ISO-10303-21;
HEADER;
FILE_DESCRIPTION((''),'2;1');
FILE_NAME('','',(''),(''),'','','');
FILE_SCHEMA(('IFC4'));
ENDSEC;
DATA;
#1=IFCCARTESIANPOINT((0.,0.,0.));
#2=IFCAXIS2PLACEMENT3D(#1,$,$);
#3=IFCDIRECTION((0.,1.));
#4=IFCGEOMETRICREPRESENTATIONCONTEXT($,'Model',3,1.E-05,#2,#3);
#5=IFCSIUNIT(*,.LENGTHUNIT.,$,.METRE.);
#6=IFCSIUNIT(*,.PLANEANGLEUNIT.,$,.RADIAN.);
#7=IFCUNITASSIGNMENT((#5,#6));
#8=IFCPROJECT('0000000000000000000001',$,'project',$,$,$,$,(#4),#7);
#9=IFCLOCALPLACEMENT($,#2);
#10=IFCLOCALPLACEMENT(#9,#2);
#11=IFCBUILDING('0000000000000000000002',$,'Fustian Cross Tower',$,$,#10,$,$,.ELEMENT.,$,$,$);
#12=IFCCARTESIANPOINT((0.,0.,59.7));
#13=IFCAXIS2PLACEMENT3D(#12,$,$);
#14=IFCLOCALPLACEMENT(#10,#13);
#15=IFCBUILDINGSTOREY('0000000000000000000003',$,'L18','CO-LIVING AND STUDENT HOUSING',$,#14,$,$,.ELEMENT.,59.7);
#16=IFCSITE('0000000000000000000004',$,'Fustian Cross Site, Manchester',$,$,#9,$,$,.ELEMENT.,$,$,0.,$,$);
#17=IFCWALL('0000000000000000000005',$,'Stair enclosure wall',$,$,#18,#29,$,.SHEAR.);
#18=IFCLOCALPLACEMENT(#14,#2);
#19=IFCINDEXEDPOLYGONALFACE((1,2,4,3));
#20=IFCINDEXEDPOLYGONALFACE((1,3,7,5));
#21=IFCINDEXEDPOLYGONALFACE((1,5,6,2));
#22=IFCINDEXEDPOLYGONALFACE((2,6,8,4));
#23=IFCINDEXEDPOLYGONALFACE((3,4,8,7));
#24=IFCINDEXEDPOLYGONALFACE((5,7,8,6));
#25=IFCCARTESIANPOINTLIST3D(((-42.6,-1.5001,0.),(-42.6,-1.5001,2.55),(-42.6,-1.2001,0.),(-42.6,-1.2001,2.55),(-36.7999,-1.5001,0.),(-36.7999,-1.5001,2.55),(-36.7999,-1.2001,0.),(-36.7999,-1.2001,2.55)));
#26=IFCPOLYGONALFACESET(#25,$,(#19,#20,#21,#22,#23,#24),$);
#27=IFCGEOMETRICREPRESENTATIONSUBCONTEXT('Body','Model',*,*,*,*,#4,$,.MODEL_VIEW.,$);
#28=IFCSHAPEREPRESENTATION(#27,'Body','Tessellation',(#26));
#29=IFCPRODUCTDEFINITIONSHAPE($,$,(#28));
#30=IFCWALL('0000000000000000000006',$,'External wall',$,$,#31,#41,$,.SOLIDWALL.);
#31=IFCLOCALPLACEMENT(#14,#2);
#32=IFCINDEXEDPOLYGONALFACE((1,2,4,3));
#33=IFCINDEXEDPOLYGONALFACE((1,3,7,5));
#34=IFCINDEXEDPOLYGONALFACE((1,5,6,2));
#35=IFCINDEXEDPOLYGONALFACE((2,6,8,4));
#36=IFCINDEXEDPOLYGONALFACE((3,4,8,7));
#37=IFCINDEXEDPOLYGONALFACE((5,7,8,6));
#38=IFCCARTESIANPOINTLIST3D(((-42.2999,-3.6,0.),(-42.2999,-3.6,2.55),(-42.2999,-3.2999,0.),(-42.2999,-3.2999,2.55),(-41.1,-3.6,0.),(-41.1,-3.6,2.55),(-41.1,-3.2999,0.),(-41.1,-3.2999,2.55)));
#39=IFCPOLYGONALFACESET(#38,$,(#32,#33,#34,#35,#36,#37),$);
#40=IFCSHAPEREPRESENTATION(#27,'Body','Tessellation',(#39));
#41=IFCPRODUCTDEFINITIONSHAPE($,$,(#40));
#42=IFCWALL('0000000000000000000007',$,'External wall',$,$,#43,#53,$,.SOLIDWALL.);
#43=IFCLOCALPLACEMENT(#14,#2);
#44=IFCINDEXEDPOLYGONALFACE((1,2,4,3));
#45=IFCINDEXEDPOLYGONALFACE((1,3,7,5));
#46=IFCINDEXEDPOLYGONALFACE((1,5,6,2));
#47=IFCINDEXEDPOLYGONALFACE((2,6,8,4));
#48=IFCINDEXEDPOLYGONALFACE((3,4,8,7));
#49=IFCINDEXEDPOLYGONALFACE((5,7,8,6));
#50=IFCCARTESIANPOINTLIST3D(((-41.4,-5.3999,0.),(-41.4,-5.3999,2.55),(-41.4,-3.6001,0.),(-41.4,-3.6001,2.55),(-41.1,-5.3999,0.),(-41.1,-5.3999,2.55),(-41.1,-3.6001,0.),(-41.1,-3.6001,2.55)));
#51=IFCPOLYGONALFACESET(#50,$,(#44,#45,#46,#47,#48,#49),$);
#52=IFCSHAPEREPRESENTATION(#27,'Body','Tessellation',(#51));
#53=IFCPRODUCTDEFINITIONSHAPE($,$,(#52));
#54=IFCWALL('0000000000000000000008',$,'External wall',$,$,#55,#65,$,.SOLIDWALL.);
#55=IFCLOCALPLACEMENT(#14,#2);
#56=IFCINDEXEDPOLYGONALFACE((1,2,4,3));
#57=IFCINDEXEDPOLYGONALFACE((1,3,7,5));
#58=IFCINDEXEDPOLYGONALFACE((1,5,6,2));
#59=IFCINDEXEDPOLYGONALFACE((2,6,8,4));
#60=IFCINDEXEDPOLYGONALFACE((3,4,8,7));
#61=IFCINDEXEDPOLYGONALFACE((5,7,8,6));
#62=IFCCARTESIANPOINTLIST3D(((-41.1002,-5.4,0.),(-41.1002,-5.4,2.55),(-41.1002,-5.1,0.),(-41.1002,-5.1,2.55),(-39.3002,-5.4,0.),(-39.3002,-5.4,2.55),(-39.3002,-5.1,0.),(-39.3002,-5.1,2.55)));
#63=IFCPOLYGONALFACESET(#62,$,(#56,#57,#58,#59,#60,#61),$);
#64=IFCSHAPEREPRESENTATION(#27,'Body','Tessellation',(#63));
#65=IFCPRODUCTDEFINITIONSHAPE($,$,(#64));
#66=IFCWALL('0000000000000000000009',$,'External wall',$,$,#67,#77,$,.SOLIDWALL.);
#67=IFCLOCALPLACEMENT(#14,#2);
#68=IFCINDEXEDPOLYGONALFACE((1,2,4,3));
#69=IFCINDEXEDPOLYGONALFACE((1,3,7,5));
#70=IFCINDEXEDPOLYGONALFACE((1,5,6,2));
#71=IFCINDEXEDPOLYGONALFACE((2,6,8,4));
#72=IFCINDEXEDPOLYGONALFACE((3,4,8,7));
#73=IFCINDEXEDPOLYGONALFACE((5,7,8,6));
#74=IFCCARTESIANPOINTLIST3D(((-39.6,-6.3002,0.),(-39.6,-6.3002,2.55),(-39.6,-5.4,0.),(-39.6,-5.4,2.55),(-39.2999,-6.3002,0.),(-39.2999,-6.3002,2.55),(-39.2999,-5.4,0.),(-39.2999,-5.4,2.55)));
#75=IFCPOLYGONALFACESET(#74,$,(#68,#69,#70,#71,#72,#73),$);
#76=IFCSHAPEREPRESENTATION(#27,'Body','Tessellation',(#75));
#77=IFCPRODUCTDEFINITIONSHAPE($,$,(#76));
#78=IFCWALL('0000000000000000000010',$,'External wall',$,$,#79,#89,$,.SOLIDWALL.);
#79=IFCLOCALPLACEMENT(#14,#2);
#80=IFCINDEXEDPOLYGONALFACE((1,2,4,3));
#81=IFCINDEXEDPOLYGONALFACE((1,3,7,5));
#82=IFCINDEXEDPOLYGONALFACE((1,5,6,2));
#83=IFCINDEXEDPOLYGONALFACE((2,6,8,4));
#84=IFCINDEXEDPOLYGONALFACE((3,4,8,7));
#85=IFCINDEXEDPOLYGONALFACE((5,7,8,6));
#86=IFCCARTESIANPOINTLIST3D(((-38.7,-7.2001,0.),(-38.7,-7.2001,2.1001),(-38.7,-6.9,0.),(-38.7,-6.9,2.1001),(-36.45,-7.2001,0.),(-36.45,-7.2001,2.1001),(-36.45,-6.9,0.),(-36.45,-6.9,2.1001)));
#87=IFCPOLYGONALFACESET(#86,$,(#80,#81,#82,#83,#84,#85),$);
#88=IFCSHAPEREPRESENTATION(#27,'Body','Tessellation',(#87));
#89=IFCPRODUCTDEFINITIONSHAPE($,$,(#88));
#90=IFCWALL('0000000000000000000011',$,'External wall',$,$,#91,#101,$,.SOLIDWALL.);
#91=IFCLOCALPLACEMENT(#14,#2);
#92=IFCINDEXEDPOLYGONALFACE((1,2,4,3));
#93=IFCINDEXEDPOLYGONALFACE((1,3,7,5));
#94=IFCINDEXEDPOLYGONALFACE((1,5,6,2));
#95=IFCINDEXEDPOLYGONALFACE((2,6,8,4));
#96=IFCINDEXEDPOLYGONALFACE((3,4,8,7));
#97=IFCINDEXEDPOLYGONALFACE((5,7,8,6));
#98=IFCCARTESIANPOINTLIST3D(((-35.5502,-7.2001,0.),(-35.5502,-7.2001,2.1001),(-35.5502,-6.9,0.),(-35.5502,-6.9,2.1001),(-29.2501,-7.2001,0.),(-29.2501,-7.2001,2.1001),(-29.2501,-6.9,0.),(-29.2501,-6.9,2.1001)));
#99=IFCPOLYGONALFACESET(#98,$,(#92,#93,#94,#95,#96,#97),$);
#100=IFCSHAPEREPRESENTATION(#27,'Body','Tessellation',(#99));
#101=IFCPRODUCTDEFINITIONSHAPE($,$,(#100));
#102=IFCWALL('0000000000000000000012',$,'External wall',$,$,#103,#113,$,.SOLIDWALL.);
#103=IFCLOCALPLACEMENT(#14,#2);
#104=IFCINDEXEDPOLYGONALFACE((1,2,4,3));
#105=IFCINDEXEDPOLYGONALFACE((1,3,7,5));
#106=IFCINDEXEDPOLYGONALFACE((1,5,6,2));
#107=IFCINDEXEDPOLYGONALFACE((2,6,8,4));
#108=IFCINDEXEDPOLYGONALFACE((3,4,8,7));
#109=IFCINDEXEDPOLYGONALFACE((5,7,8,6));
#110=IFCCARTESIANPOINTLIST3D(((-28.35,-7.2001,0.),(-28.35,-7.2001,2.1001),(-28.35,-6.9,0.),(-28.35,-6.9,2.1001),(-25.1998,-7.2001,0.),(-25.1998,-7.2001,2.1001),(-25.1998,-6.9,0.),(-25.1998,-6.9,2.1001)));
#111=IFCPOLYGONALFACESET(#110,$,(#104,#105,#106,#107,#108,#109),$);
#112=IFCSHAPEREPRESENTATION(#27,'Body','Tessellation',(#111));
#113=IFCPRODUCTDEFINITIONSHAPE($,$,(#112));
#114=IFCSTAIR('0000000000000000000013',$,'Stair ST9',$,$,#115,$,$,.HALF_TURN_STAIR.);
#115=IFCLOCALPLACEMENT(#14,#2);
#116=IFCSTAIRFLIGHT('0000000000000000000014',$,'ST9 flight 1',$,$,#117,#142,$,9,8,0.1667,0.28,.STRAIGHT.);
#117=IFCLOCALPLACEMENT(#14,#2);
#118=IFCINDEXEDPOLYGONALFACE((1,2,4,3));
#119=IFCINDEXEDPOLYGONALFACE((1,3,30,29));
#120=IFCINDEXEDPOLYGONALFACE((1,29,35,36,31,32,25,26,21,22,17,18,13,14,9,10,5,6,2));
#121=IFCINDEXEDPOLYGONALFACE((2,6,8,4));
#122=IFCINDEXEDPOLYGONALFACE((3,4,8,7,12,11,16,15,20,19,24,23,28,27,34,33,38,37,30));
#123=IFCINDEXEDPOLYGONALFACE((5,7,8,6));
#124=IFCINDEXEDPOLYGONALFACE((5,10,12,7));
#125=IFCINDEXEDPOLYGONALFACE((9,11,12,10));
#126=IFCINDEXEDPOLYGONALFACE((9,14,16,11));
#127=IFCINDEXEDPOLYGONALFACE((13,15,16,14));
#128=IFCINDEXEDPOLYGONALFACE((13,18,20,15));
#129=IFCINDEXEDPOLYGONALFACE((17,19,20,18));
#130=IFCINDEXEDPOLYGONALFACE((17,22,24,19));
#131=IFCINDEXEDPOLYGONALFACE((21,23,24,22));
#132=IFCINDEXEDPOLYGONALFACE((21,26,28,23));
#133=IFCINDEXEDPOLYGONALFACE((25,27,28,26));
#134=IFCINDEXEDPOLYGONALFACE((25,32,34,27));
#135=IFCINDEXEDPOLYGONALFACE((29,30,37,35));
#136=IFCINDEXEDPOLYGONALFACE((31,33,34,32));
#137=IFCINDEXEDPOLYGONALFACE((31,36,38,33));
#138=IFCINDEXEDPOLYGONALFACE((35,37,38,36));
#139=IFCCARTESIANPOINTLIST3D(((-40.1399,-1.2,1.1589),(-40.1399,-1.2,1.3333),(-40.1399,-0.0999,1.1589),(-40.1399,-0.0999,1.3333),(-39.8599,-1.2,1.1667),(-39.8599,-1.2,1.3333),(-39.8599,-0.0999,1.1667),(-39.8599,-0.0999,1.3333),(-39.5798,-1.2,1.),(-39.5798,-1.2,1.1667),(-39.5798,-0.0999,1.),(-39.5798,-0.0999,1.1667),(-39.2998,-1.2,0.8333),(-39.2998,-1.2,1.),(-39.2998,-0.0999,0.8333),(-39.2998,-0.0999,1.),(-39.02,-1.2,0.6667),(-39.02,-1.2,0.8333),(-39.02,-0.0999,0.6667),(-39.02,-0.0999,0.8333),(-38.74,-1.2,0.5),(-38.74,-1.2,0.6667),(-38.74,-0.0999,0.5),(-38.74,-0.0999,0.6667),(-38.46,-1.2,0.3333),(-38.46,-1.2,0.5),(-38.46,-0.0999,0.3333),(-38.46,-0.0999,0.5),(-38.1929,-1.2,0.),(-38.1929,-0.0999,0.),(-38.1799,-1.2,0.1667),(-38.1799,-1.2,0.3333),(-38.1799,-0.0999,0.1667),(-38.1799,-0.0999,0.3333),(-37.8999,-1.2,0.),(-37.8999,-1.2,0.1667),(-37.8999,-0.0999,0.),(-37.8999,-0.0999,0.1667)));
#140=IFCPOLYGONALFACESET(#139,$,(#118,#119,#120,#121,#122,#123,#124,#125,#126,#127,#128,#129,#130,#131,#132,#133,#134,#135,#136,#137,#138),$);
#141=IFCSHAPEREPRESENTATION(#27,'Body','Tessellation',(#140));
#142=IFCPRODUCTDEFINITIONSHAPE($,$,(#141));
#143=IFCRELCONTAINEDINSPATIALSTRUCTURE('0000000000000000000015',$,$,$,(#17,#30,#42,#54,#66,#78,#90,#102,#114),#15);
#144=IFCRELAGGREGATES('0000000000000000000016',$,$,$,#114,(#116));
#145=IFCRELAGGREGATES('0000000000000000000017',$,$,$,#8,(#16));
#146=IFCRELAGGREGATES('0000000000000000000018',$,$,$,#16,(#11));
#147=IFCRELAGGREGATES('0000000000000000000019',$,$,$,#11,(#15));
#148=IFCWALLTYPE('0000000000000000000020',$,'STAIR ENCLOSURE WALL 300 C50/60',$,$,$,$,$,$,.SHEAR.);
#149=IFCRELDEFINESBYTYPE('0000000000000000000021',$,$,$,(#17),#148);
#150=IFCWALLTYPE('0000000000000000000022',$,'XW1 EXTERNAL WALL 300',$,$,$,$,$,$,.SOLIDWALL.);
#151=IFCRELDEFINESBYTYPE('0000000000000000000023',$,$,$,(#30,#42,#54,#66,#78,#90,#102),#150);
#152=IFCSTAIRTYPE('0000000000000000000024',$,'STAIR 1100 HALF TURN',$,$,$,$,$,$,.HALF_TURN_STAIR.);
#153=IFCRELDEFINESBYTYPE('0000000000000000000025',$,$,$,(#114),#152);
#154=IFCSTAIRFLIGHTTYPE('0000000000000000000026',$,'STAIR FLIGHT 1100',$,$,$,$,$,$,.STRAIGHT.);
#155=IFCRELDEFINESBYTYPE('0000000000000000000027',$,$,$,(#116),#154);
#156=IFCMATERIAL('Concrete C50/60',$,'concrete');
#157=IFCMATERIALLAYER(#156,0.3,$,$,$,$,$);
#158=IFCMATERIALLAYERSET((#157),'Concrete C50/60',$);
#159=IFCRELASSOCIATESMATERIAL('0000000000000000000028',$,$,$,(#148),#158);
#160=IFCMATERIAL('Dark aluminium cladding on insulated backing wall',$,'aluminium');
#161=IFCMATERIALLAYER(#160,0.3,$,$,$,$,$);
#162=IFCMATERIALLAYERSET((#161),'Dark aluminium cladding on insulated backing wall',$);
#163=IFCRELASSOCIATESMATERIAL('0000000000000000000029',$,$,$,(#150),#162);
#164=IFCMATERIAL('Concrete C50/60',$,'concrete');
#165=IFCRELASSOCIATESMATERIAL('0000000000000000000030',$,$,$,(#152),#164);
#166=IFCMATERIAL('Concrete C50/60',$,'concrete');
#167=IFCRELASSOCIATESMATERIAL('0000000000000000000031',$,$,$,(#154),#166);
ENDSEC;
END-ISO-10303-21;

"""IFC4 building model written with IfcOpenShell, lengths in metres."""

from ifc_helpers import new_model, si_unit, direction, frame, frame_2d, origin, place, context, subcontext, project, spatial, polyline, rectangle, outline, extrude, material, layer, layer_set, type_object, element, aggregate, save


model = new_model("IFC4")

# Units and contexts
model_context = context("Model", 3, precision=1e-05, world=origin(), true_north=direction((0.0, 1.0)))
body_context = subcontext(model_context, "Body", "Model", "MODEL_VIEW")
ifc_project = project(units=[si_unit("LENGTHUNIT", "METRE"), si_unit("PLANEANGLEUNIT", "RADIAN")], contexts=[model_context])

# Site, building, storey
site_placement = place(None, origin())
site = spatial("IfcSite", under=ifc_project, at=site_placement, Name="Fustian Cross Site, Manchester", CompositionType="ELEMENT", RefElevation=0.0)
building_placement = place(site_placement, origin())
building = spatial("IfcBuilding", under=site, at=building_placement, Name="Fustian Cross Tower", CompositionType="ELEMENT")
storey_placement = place(building_placement, frame((0.0, 0.0, 59.7)))
storey = spatial("IfcBuildingStorey", under=building, at=storey_placement, Name="L18", Description="CO-LIVING AND STUDENT HOUSING", CompositionType="ELEMENT", Elevation=59.7)

# Shared definitions
ifc_material_1 = material(Name="Concrete C50/60", Category="concrete")
ifc_layer_1 = layer(ifc_material_1, 0.3)
ifc_layer_set_1 = layer_set([ifc_layer_1], Name="Concrete C50/60")
wall_type_1 = type_object("IfcWallType", Name="STAIR ENCLOSURE WALL 300 C50/60", PredefinedType="SHEAR", material=ifc_layer_set_1)

# Walls
wall_1_placement = place(storey_placement, frame((-36.8, -1.3501, 0.0), z_axis=(0.0, 0.0, 1.0), x_axis=(-1.0, 0.0, 0.0)))
element("IfcWall", 1, at=wall_1_placement, inside=storey, type_object=wall_type_1, Name="Stair enclosure wall", PredefinedType="SHEAR", context=body_context, shape_type="SweptSolid", body=[
    extrude(rectangle(XDim=5.8, YDim=0.3, at=frame_2d((2.8999, 0.0))), origin(), (0.0, 0.0, 1.0), 2.55),
])
ifc_material_2 = material(Name="Dark aluminium cladding on insulated backing wall", Category="aluminium")
ifc_layer_2 = layer(ifc_material_2, 0.3)
ifc_layer_set_2 = layer_set([ifc_layer_2], Name="Dark aluminium cladding on insulated backing wall")
wall_type_2 = type_object("IfcWallType", Name="XW1 EXTERNAL WALL 300", PredefinedType="SOLIDWALL", material=ifc_layer_set_2)
wall_2_placement = place(storey_placement, frame((-42.3, -3.45, 0.0), z_axis=(0.0, 0.0, 1.0), x_axis=(1.0, 0.0, 0.0)))
element("IfcWall", 2, at=wall_2_placement, inside=storey, type_object=wall_type_2, Name="External wall", PredefinedType="SOLIDWALL", context=body_context, shape_type="SweptSolid", body=[
    extrude(rectangle(XDim=1.2, YDim=0.3, at=frame_2d((0.6001, 0.0))), origin(), (0.0, 0.0, 1.0), 2.55),
])
wall_3_placement = place(storey_placement, frame((-41.25, -3.6001, 0.0), z_axis=(0.0, 0.0, 1.0), x_axis=(0.0, -1.0, 0.0)))
element("IfcWall", 3, at=wall_3_placement, inside=storey, type_object=wall_type_2, Name="External wall", PredefinedType="SOLIDWALL", context=body_context, shape_type="SweptSolid", body=[
    extrude(rectangle(XDim=1.7998, YDim=0.3, at=frame_2d((0.8999, 0.0))), origin(), (0.0, 0.0, 1.0), 2.55),
])
wall_4_placement = place(storey_placement, frame((-41.1001, -5.25, 0.0), z_axis=(0.0, 0.0, 1.0), x_axis=(1.0, 0.0, 0.0)))
element("IfcWall", 4, at=wall_4_placement, inside=storey, type_object=wall_type_2, Name="External wall", PredefinedType="SOLIDWALL", context=body_context, shape_type="SweptSolid", body=[
    extrude(rectangle(XDim=1.8, YDim=0.3, at=frame_2d((0.8999, 0.0))), origin(), (0.0, 0.0, 1.0), 2.55),
])
wall_5_placement = place(storey_placement, frame((-39.45, -5.3999, 0.0), z_axis=(0.0, 0.0, 1.0), x_axis=(0.0, -1.0, 0.0)))
element("IfcWall", 5, at=wall_5_placement, inside=storey, type_object=wall_type_2, Name="External wall", PredefinedType="SOLIDWALL", context=body_context, shape_type="SweptSolid", body=[
    extrude(rectangle(XDim=0.9001, YDim=0.3, at=frame_2d((0.4502, 0.0))), origin(), (0.0, 0.0, 1.0), 2.55),
])
wall_6_placement = place(storey_placement, frame((-38.7, -7.05, 0.0), z_axis=(0.0, 0.0, 1.0), x_axis=(1.0, 0.0, 0.0)))
element("IfcWall", 6, at=wall_6_placement, inside=storey, type_object=wall_type_2, Name="External wall", PredefinedType="SOLIDWALL", context=body_context, shape_type="SweptSolid", body=[
    extrude(rectangle(XDim=2.25, YDim=0.3, at=frame_2d((1.125, 0.0))), origin(), (0.0, 0.0, 1.0), 2.1001),
])
wall_7_placement = place(storey_placement, frame((-35.55, -7.05, 0.0), z_axis=(0.0, 0.0, 1.0), x_axis=(1.0, 0.0, 0.0)))
element("IfcWall", 7, at=wall_7_placement, inside=storey, type_object=wall_type_2, Name="External wall", PredefinedType="SOLIDWALL", context=body_context, shape_type="SweptSolid", body=[
    extrude(rectangle(XDim=6.3, YDim=0.3, at=frame_2d((3.1499, 0.0))), origin(), (0.0, 0.0, 1.0), 2.1001),
])
wall_8_placement = place(storey_placement, frame((-28.3501, -7.05, 0.0), z_axis=(0.0, 0.0, 1.0), x_axis=(1.0, 0.0, 0.0)))
element("IfcWall", 8, at=wall_8_placement, inside=storey, type_object=wall_type_2, Name="External wall", PredefinedType="SOLIDWALL", context=body_context, shape_type="SweptSolid", body=[
    extrude(rectangle(XDim=3.1501, YDim=0.3, at=frame_2d((1.5752, 0.0))), origin(), (0.0, 0.0, 1.0), 2.1001),
])

# Stair, stair flight
ifc_material_3 = material(Name="Concrete C50/60", Category="concrete")
stair_type = type_object("IfcStairType", Name="STAIR 1100 HALF TURN", PredefinedType="HALF_TURN_STAIR", material=ifc_material_3)
stair_placement = place(storey_placement, origin())
stair = element("IfcStair", 9, at=stair_placement, inside=storey, type_object=stair_type, Name="Stair ST9", PredefinedType="HALF_TURN_STAIR")
ifc_material_4 = material(Name="Concrete C50/60", Category="concrete")
stair_flight_type = type_object("IfcStairFlightType", Name="STAIR FLIGHT 1100", PredefinedType="STRAIGHT", material=ifc_material_4)
stair_flight_placement = place(storey_placement, frame((-37.8999, -0.6499, 0.0), z_axis=(0.0, 0.0, 1.0), x_axis=(-1.0, 0.0, 0.0)))
stair_flight = element("IfcStairFlight", 10, at=stair_flight_placement, type_object=stair_flight_type, Name="ST9 flight 1", NumberOfRisers=9, NumberOfTreads=8, PredefinedType="STRAIGHT", RiserHeight=0.1667, TreadLength=0.28, context=body_context, shape_type="SweptSolid", body=[
    extrude(outline(polyline([(0.0, 0.0), (0.0, 0.1667), (0.28, 0.1667), (0.28, 0.3333), (0.5601, 0.3333), (0.5601, 0.5), (0.8401, 0.5), (0.8401, 0.6667), (1.1201, 0.6667), (1.1201, 0.8333), (1.3999, 0.8333), (1.3999, 1.0), (1.6799, 1.0), (1.6799, 1.1667), (1.96, 1.1667), (1.96, 1.3333), (2.24, 1.3333), (2.24, 1.5), (2.24, 1.1589), (0.293, 0.0), (0.0, 0.0)])), frame((0.0, 0.55, 0.0), z_axis=(0.0, -1.0, 0.0), x_axis=(1.0, 0.0, 0.0)), (0.0, 0.0, 1.0), 1.1001),
])
aggregate(stair, [stair_flight])

save(model, "model.ifc")
